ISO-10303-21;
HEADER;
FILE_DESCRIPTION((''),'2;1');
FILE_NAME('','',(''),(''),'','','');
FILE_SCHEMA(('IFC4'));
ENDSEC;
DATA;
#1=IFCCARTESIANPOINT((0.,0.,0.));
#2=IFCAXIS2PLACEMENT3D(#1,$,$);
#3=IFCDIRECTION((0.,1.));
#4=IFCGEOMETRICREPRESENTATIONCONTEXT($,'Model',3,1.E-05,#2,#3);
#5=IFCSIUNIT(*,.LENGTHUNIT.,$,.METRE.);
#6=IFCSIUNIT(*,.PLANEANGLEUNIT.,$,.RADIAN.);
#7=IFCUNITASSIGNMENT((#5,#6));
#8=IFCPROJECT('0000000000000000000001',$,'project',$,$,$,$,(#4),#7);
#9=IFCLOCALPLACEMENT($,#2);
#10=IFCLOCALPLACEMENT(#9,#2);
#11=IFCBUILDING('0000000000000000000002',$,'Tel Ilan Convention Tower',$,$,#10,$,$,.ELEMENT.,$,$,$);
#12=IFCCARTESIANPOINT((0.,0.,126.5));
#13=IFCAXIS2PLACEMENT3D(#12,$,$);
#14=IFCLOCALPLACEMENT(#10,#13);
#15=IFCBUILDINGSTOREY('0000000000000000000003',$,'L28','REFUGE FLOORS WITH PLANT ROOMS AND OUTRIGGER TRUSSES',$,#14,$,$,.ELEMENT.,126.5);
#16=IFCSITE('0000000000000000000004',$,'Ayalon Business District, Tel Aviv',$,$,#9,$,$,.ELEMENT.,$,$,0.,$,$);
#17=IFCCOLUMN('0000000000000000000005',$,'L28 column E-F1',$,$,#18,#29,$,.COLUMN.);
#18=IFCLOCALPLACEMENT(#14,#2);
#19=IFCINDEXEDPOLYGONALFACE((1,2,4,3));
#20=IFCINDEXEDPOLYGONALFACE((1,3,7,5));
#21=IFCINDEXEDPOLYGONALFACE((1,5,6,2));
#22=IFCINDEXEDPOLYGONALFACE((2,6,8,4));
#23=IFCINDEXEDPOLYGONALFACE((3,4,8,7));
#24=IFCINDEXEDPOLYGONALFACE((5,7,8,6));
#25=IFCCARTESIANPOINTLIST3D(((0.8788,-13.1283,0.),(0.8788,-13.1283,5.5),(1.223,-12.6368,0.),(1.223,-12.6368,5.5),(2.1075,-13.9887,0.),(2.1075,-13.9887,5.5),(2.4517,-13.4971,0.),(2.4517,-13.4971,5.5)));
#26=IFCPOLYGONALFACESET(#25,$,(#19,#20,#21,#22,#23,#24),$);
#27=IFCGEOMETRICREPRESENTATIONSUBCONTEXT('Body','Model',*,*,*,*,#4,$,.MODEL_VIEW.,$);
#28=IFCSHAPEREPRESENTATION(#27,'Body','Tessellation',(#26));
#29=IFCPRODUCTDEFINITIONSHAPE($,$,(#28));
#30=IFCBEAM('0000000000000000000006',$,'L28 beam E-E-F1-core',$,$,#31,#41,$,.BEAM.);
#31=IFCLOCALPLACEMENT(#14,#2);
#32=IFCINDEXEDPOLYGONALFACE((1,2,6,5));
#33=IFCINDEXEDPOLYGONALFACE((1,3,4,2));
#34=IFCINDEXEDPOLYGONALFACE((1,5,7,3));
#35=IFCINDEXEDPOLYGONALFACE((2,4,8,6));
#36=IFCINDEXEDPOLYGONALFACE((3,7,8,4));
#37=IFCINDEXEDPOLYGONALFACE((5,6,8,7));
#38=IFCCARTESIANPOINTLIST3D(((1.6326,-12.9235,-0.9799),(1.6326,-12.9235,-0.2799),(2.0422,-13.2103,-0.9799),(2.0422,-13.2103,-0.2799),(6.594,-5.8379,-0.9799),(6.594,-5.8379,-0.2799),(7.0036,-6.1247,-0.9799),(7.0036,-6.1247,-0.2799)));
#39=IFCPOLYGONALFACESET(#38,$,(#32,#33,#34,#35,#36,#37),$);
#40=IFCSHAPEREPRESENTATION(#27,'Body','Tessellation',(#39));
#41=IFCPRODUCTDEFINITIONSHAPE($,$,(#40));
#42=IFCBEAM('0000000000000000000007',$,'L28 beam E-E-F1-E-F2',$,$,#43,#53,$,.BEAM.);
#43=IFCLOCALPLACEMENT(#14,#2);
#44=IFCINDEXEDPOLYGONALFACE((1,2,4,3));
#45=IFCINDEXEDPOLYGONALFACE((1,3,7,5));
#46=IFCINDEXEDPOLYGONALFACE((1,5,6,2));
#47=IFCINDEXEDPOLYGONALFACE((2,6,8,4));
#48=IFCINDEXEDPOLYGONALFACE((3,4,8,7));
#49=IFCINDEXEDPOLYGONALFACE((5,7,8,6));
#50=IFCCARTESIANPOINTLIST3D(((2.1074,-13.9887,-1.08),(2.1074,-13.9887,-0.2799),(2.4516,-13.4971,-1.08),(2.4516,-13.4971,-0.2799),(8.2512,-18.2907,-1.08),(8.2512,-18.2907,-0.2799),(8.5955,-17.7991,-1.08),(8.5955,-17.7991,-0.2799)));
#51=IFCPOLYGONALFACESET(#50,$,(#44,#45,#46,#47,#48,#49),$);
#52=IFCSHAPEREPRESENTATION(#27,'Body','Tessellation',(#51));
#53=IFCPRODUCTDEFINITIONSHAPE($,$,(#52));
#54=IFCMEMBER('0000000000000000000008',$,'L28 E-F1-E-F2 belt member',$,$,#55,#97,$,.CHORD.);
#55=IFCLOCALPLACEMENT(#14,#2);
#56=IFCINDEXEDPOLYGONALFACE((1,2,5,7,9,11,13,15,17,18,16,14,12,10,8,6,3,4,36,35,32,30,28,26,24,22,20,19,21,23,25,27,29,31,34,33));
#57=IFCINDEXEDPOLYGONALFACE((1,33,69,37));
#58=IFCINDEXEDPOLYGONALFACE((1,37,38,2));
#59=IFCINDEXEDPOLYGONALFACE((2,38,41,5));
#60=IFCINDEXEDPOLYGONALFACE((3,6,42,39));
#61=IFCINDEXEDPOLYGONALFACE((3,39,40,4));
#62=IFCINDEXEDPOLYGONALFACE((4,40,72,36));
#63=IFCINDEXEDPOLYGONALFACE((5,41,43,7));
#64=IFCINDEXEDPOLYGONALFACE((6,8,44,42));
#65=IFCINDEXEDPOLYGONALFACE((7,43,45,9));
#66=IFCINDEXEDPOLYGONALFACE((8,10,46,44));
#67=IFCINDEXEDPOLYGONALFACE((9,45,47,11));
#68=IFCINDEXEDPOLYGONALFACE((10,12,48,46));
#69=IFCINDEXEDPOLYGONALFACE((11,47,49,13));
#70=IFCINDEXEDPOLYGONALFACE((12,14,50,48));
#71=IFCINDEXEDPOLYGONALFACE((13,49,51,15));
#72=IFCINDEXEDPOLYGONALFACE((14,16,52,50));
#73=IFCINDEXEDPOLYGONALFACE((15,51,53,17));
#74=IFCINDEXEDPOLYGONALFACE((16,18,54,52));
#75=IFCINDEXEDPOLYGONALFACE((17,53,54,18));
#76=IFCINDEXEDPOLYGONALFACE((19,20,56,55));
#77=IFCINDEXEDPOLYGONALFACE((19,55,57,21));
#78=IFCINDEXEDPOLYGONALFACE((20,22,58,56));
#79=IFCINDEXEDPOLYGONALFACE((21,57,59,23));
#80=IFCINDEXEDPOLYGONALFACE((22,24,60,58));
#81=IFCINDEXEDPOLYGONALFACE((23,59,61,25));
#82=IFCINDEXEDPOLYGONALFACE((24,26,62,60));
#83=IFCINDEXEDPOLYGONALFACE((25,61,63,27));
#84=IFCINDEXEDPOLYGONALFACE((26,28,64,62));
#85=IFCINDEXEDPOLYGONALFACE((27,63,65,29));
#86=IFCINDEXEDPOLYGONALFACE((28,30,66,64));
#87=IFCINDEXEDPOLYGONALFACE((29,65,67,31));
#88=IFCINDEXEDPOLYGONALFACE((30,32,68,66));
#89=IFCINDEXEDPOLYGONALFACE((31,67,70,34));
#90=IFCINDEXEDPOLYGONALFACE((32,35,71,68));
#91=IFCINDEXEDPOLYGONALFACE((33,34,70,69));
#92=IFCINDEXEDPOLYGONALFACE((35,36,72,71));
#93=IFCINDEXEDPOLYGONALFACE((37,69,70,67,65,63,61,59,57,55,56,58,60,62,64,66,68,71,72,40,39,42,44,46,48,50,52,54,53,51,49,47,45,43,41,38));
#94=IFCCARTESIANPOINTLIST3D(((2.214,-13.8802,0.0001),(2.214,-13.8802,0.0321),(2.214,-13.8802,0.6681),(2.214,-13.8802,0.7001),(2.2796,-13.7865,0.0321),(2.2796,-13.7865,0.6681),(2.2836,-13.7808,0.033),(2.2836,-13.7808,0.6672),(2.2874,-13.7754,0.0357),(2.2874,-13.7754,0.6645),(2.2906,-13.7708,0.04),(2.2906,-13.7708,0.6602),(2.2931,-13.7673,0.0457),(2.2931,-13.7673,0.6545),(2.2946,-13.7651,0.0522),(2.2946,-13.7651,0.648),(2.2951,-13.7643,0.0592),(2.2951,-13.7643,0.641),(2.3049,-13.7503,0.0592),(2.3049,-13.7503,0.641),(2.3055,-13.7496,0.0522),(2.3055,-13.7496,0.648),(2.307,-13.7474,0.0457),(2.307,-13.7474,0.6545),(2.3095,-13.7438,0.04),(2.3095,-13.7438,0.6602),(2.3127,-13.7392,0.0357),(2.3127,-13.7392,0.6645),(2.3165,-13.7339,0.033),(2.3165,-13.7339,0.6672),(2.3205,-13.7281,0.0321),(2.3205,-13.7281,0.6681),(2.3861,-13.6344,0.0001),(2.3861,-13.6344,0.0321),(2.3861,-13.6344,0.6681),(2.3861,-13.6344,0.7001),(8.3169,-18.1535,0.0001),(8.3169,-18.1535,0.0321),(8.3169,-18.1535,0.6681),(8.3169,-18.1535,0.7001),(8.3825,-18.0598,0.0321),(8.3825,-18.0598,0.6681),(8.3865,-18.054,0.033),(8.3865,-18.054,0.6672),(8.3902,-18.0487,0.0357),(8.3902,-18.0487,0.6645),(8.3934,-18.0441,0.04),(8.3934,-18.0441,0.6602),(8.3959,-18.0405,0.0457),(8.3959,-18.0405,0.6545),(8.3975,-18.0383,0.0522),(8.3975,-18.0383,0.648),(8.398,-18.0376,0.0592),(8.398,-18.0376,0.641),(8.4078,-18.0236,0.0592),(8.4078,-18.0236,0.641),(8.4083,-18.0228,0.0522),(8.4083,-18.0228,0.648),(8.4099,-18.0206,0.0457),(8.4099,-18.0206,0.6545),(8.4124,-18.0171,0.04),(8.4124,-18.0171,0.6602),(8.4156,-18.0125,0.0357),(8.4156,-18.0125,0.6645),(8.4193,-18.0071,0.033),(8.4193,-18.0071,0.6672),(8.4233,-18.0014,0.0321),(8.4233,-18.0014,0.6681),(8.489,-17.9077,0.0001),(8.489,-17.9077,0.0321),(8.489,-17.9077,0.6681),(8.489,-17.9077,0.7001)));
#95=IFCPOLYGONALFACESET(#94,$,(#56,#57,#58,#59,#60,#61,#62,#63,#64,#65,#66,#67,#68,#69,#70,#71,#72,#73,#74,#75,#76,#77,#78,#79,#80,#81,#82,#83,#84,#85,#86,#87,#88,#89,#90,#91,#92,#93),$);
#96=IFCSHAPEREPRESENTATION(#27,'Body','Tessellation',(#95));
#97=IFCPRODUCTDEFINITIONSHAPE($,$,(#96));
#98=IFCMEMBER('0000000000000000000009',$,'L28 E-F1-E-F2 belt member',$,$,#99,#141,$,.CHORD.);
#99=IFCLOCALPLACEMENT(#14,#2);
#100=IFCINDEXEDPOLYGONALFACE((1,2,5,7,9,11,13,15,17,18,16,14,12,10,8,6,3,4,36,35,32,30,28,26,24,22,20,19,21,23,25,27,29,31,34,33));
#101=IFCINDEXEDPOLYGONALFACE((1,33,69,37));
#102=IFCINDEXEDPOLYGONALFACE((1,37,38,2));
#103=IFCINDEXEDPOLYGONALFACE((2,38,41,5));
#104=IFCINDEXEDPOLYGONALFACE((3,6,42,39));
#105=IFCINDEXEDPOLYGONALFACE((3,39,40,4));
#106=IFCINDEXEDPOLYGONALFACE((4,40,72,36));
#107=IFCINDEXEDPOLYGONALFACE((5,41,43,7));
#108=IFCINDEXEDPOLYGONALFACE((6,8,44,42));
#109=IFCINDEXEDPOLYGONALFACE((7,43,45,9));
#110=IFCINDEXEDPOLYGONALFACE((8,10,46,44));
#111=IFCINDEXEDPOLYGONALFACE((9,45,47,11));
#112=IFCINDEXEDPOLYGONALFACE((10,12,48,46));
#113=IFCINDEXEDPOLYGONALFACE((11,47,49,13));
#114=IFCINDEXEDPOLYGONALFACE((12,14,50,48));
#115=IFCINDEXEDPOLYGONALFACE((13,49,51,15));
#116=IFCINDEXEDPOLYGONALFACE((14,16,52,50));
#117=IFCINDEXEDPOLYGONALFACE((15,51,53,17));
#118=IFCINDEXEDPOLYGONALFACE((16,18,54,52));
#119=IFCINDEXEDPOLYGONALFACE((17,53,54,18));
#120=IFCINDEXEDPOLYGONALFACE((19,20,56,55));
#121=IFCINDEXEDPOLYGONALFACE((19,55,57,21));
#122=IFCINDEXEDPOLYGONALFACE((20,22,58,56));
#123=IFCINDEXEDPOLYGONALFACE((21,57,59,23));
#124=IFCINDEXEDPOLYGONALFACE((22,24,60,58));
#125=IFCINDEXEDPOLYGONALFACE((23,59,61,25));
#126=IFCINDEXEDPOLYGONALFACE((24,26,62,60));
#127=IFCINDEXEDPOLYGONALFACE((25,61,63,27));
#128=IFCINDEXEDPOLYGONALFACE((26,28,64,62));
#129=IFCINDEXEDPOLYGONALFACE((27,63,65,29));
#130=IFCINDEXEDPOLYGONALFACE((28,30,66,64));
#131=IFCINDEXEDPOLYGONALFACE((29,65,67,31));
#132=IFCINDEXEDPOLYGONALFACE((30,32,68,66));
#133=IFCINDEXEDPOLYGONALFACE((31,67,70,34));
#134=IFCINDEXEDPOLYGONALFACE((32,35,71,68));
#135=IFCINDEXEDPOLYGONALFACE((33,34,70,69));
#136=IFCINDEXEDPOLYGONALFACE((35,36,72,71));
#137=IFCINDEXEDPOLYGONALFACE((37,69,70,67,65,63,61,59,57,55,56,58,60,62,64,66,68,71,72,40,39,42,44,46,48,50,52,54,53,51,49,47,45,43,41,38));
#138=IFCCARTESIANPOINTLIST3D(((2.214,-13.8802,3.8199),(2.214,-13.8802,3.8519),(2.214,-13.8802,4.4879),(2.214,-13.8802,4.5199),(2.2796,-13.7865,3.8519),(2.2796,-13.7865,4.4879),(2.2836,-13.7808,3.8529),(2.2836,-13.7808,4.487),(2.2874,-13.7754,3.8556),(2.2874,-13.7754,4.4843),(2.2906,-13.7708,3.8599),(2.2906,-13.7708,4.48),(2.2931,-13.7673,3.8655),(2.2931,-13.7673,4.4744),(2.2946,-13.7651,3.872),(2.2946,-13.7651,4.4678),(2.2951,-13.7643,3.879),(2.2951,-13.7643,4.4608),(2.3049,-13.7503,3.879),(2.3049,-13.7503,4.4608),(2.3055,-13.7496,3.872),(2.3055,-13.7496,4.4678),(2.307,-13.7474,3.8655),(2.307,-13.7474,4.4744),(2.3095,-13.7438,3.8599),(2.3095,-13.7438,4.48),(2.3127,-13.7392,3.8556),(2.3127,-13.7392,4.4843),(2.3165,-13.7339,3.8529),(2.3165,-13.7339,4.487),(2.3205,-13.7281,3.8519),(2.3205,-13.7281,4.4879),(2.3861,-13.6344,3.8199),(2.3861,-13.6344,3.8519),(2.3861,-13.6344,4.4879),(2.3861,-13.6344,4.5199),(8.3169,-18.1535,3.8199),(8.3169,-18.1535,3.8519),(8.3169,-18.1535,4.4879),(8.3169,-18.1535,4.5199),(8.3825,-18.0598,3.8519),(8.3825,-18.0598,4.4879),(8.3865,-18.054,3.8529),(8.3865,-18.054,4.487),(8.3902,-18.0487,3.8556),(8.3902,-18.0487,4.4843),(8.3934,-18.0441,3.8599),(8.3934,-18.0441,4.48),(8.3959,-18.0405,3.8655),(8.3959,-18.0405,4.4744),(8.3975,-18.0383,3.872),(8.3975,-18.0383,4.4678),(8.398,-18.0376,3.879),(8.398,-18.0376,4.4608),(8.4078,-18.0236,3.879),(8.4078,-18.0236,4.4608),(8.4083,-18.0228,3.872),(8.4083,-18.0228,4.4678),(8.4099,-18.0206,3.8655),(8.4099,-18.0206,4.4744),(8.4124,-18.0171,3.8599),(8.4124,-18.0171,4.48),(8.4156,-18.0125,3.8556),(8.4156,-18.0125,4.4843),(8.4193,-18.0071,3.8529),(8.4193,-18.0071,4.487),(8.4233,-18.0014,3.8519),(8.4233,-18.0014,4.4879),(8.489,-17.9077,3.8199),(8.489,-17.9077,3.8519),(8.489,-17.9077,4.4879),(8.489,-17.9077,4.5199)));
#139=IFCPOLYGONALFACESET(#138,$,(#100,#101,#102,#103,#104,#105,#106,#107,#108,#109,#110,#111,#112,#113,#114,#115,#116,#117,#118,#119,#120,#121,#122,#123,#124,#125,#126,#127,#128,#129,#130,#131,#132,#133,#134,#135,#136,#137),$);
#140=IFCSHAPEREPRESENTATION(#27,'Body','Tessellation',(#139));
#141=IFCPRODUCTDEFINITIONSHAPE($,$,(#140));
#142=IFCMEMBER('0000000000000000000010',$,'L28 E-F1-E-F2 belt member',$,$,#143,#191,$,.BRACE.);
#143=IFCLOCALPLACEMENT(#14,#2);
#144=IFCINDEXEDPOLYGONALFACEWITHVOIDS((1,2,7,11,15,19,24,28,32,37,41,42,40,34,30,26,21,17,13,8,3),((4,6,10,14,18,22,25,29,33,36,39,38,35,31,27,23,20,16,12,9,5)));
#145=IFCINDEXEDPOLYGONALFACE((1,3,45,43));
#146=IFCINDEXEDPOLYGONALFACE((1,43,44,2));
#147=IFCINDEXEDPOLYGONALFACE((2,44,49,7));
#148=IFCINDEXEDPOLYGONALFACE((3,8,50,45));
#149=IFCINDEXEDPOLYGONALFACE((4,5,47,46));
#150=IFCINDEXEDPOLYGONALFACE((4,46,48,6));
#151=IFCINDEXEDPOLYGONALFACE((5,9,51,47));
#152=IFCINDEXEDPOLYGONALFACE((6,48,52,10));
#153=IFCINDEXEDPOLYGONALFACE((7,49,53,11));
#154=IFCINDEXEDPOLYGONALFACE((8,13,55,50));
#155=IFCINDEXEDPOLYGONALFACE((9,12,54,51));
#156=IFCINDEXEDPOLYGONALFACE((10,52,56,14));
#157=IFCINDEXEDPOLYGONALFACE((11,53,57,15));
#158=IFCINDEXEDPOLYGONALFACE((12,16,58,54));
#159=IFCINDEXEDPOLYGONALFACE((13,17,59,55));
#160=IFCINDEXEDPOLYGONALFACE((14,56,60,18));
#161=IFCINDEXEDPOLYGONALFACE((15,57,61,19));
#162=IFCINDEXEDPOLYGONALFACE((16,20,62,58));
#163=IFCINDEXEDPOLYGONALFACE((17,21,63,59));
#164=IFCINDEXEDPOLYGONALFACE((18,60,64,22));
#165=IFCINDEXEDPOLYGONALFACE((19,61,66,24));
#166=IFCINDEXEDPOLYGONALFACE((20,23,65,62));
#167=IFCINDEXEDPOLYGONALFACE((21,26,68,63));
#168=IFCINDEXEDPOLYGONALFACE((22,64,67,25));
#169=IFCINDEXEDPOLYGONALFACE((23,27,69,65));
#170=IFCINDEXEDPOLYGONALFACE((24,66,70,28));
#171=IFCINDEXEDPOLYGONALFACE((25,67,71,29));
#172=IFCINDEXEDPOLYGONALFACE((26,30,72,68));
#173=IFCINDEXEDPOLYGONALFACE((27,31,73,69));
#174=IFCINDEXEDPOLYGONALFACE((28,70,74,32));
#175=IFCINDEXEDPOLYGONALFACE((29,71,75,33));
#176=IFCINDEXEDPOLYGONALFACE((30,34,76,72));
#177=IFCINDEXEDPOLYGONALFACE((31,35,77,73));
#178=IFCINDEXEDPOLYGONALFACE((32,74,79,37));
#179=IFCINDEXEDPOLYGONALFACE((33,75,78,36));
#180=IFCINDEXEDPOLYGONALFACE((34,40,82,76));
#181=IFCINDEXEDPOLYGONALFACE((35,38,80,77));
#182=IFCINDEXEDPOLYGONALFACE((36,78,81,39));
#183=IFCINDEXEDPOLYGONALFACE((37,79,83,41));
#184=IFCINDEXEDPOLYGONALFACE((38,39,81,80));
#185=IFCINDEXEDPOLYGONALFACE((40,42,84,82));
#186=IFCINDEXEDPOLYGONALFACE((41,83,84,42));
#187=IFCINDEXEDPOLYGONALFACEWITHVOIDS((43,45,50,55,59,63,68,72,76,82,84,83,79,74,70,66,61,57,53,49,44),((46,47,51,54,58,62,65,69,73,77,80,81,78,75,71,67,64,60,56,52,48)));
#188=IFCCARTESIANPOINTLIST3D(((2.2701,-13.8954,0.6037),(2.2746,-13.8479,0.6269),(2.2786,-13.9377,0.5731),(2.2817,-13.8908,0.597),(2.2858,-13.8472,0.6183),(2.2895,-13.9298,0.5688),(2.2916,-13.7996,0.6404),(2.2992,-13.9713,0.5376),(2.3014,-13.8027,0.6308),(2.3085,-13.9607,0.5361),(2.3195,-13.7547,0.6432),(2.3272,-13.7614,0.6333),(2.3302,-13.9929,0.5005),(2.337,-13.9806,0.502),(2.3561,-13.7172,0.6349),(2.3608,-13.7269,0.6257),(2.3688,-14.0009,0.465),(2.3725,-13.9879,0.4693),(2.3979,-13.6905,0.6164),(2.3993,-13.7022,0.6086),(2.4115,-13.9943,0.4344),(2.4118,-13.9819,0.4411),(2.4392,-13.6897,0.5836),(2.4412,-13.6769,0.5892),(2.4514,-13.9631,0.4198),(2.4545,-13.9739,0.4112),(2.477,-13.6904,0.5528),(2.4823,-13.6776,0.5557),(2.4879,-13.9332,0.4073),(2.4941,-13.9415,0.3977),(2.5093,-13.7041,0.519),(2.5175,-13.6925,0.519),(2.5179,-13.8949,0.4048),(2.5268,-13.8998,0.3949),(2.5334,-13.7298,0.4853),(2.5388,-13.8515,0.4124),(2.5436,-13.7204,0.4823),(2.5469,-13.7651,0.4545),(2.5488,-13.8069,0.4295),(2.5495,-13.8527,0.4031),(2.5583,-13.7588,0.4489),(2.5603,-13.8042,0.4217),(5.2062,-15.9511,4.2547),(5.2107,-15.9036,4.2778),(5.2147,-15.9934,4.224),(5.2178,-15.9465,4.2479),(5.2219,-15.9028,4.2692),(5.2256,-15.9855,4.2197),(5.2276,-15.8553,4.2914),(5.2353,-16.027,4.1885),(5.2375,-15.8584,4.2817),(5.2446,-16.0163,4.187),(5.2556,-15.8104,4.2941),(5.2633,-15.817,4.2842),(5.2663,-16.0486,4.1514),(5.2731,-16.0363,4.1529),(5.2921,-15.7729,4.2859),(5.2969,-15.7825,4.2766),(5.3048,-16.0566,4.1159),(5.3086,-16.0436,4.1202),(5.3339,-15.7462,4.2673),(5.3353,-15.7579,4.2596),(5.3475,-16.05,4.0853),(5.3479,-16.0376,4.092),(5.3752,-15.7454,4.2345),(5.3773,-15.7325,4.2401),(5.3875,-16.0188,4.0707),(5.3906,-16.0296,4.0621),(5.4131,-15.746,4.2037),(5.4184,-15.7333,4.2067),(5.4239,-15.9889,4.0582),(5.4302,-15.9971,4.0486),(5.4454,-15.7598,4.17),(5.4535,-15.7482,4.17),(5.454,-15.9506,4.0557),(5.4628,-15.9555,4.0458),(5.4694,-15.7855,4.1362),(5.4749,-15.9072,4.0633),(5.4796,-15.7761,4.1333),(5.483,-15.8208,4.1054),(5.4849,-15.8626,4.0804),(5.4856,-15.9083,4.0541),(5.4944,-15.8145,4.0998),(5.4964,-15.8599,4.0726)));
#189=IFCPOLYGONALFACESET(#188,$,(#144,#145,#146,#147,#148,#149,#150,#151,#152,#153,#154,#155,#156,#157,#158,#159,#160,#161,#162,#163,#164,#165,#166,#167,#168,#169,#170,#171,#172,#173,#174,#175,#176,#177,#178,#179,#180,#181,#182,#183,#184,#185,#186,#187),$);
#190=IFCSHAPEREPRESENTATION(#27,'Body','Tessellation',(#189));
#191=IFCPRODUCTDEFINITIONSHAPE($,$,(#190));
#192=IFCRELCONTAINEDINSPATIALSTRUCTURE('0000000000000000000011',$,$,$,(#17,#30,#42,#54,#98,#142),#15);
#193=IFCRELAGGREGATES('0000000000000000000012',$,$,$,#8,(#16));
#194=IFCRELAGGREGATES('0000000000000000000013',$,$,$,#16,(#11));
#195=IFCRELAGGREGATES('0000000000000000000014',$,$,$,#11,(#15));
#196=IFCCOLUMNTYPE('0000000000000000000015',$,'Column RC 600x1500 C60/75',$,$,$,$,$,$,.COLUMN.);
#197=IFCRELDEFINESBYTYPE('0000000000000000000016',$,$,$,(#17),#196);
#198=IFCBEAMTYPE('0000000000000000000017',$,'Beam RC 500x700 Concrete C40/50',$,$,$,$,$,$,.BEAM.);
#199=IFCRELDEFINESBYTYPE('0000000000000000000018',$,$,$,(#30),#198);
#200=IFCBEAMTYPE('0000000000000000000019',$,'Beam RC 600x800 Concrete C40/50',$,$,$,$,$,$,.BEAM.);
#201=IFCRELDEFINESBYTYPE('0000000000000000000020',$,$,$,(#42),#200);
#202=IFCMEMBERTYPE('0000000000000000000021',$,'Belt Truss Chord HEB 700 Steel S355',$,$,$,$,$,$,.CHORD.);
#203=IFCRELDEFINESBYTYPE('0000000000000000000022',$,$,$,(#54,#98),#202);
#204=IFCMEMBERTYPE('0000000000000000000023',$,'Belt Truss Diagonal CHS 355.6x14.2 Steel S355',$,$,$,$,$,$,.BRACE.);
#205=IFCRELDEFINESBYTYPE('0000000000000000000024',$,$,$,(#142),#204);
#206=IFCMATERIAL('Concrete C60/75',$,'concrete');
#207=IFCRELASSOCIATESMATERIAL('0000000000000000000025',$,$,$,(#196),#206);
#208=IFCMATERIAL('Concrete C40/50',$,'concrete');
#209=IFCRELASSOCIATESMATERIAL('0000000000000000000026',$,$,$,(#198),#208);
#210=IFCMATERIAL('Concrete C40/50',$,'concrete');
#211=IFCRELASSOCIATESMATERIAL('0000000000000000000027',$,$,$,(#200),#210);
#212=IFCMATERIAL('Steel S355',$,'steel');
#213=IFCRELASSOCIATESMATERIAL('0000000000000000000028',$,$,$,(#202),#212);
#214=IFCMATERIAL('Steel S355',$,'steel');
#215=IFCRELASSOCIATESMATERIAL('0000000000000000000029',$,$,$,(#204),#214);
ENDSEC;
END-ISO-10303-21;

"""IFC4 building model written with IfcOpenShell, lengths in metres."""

from ifc_helpers import new_model, si_unit, direction, frame, origin, origin_2d, place, context, subcontext, project, spatial, rectangle, hollow_circle, i_section, extrude, material, material_profile, profile_set, type_object, element, save


model = new_model("IFC4")

# Units and contexts
model_context = context("Model", 3, precision=1e-05, world=origin(), true_north=direction((0.0, 1.0)))
body_context = subcontext(model_context, "Body", "Model", "MODEL_VIEW")
ifc_project = project(units=[si_unit("LENGTHUNIT", "METRE"), si_unit("PLANEANGLEUNIT", "RADIAN")], contexts=[model_context])

# Site, building, storey
site_placement = place(None, origin())
site = spatial("IfcSite", under=ifc_project, at=site_placement, Name="Ayalon Business District, Tel Aviv", CompositionType="ELEMENT", RefElevation=0.0)
building_placement = place(site_placement, origin())
building = spatial("IfcBuilding", under=site, at=building_placement, Name="Tel Ilan Convention Tower", CompositionType="ELEMENT")
storey_placement = place(building_placement, frame((0.0, 0.0, 126.5)))
storey = spatial("IfcBuildingStorey", under=building, at=storey_placement, Name="L28", Description="REFUGE FLOORS WITH PLANT ROOMS AND OUTRIGGER TRUSSES", CompositionType="ELEMENT", Elevation=126.5)

# Column
ifc_material_1 = material(Name="Concrete C60/75", Category="concrete")
ifc_material_profile_1 = material_profile(ifc_material_1, rectangle(XDim=1.5, YDim=0.6001, at=origin_2d()), Name="RC 600x1500")
ifc_profile_set_1 = profile_set([ifc_material_profile_1], Name="Concrete C60/75")
column_type = type_object("IfcColumnType", Name="Column RC 600x1500 C60/75", PredefinedType="COLUMN", material=ifc_profile_set_1)
column_placement = place(storey_placement, frame((1.6653, -13.3127, 0.0), z_axis=(0.0, 0.0, 1.0), x_axis=(0.819152, -0.573576, 0.0)))
element("IfcColumn", 1, at=column_placement, inside=storey, type_object=column_type, Name="L28 column E-F1", PredefinedType="COLUMN", context=body_context, shape_type="SweptSolid", body=[
    extrude(rectangle(XDim=1.5, YDim=0.6001, at=origin_2d()), origin(), (0.0, 0.0, 1.0), 5.5),
])

# Beams
ifc_material_2 = material(Name="Concrete C40/50", Category="concrete")
ifc_material_profile_2 = material_profile(ifc_material_2, rectangle(XDim=0.5, YDim=0.7, at=origin_2d()), Name="RC 500x700")
ifc_profile_set_2 = profile_set([ifc_material_profile_2], Name="Concrete C40/50")
beam_type_1 = type_object("IfcBeamType", Name="Beam RC 500x700 Concrete C40/50", PredefinedType="BEAM", material=ifc_profile_set_2)
beam_1_placement = place(storey_placement, frame((1.8374, -13.0669, -0.6299), z_axis=(0.573574, 0.819154, 0.0), x_axis=(-0.819154, 0.573574, 0.0)))
element("IfcBeam", 2, at=beam_1_placement, inside=storey, type_object=beam_type_1, Name="L28 beam E-E-F1-core", PredefinedType="BEAM", context=body_context, shape_type="SweptSolid", body=[
    extrude(rectangle(XDim=0.5, YDim=0.7, at=origin_2d()), origin(), (0.0, 0.0, 1.0), 8.6499),
])
ifc_material_3 = material(Name="Concrete C40/50", Category="concrete")
ifc_material_profile_3 = material_profile(ifc_material_3, rectangle(XDim=0.6001, YDim=0.8, at=origin_2d()), Name="RC 600x800")
ifc_profile_set_3 = profile_set([ifc_material_profile_3], Name="Concrete C40/50")
beam_type_2 = type_object("IfcBeamType", Name="Beam RC 600x800 Concrete C40/50", PredefinedType="BEAM", material=ifc_profile_set_3)
beam_2_placement = place(storey_placement, frame((2.2795, -13.7429, -0.6799), z_axis=(0.819148, -0.573582, 0.0), x_axis=(0.573582, 0.819148, 0.0)))
element("IfcBeam", 3, at=beam_2_placement, inside=storey, type_object=beam_type_2, Name="L28 beam E-E-F1-E-F2", PredefinedType="BEAM", context=body_context, shape_type="SweptSolid", body=[
    extrude(rectangle(XDim=0.6001, YDim=0.8, at=origin_2d()), origin(), (0.0, 0.0, 1.0), 7.5002),
])

# Members
ifc_material_4 = material(Name="Steel S355", Category="steel")
ifc_material_profile_4 = material_profile(ifc_material_4, i_section(OverallWidth=0.3, OverallDepth=0.7, WebThickness=0.0171, FlangeThickness=0.032, FilletRadius=0.0271, at=origin_2d()), Name="HEB 700")
ifc_profile_set_4 = profile_set([ifc_material_profile_4], Name="Steel S355")
member_type_1 = type_object("IfcMemberType", Name="Belt Truss Chord HEB 700 Steel S355", PredefinedType="CHORD", material=ifc_profile_set_4)
for number, where, z_axis, x_axis, name in (
    (4, (2.3, -13.7573, 0.3501), (0.819153, -0.573575, 0.0), (0.573575, 0.819153, 0.0), "L28 E-F1-E-F2 belt member"),
    (5, (2.3, -13.7573, 4.1699), (0.819153, -0.573575, 0.0), (0.573575, 0.819153, 0.0), "L28 E-F1-E-F2 belt member"),
):
    element("IfcMember", number, at=place(storey_placement, frame(where, z_axis=z_axis, x_axis=x_axis)), inside=storey, type_object=member_type_1, Name=name, PredefinedType="CHORD", context=body_context, shape_type="SweptSolid", body=[
        extrude(i_section(OverallWidth=0.3, OverallDepth=0.7, WebThickness=0.0171, FlangeThickness=0.032, FilletRadius=0.0271, at=origin_2d()), origin(), (0.0, 0.0, 1.0), 7.4502),
    ])
ifc_material_5 = material(Name="Steel S355", Category="steel")
ifc_material_profile_5 = material_profile(ifc_material_5, hollow_circle(Radius=0.1777, WallThickness=0.0142, at=origin_2d()), Name="CHS 355.6x14.2")
ifc_profile_set_5 = profile_set([ifc_material_profile_5], Name="Steel S355")
member_type_2 = type_object("IfcMemberType", Name="Belt Truss Diagonal CHS 355.6x14.2 Steel S355", PredefinedType="BRACE", material=ifc_profile_set_5)
for number, where, z_axis, x_axis, name in (
    (6, (2.4155, -13.8381, 0.519), (0.573876, -0.401799, 0.713599), (0.573545, 0.819174, 0.0), "L28 E-F1-E-F2 belt member"),
):
    element("IfcMember", number, at=place(storey_placement, frame(where, z_axis=z_axis, x_axis=x_axis)), inside=storey, type_object=member_type_2, Name=name, PredefinedType="BRACE", context=body_context, shape_type="SweptSolid", body=[
        extrude(hollow_circle(Radius=0.1777, WallThickness=0.0142, at=origin_2d()), origin(), (0.0, 0.0, 1.0), 5.1162),
    ])

save(model, "model.ifc")
